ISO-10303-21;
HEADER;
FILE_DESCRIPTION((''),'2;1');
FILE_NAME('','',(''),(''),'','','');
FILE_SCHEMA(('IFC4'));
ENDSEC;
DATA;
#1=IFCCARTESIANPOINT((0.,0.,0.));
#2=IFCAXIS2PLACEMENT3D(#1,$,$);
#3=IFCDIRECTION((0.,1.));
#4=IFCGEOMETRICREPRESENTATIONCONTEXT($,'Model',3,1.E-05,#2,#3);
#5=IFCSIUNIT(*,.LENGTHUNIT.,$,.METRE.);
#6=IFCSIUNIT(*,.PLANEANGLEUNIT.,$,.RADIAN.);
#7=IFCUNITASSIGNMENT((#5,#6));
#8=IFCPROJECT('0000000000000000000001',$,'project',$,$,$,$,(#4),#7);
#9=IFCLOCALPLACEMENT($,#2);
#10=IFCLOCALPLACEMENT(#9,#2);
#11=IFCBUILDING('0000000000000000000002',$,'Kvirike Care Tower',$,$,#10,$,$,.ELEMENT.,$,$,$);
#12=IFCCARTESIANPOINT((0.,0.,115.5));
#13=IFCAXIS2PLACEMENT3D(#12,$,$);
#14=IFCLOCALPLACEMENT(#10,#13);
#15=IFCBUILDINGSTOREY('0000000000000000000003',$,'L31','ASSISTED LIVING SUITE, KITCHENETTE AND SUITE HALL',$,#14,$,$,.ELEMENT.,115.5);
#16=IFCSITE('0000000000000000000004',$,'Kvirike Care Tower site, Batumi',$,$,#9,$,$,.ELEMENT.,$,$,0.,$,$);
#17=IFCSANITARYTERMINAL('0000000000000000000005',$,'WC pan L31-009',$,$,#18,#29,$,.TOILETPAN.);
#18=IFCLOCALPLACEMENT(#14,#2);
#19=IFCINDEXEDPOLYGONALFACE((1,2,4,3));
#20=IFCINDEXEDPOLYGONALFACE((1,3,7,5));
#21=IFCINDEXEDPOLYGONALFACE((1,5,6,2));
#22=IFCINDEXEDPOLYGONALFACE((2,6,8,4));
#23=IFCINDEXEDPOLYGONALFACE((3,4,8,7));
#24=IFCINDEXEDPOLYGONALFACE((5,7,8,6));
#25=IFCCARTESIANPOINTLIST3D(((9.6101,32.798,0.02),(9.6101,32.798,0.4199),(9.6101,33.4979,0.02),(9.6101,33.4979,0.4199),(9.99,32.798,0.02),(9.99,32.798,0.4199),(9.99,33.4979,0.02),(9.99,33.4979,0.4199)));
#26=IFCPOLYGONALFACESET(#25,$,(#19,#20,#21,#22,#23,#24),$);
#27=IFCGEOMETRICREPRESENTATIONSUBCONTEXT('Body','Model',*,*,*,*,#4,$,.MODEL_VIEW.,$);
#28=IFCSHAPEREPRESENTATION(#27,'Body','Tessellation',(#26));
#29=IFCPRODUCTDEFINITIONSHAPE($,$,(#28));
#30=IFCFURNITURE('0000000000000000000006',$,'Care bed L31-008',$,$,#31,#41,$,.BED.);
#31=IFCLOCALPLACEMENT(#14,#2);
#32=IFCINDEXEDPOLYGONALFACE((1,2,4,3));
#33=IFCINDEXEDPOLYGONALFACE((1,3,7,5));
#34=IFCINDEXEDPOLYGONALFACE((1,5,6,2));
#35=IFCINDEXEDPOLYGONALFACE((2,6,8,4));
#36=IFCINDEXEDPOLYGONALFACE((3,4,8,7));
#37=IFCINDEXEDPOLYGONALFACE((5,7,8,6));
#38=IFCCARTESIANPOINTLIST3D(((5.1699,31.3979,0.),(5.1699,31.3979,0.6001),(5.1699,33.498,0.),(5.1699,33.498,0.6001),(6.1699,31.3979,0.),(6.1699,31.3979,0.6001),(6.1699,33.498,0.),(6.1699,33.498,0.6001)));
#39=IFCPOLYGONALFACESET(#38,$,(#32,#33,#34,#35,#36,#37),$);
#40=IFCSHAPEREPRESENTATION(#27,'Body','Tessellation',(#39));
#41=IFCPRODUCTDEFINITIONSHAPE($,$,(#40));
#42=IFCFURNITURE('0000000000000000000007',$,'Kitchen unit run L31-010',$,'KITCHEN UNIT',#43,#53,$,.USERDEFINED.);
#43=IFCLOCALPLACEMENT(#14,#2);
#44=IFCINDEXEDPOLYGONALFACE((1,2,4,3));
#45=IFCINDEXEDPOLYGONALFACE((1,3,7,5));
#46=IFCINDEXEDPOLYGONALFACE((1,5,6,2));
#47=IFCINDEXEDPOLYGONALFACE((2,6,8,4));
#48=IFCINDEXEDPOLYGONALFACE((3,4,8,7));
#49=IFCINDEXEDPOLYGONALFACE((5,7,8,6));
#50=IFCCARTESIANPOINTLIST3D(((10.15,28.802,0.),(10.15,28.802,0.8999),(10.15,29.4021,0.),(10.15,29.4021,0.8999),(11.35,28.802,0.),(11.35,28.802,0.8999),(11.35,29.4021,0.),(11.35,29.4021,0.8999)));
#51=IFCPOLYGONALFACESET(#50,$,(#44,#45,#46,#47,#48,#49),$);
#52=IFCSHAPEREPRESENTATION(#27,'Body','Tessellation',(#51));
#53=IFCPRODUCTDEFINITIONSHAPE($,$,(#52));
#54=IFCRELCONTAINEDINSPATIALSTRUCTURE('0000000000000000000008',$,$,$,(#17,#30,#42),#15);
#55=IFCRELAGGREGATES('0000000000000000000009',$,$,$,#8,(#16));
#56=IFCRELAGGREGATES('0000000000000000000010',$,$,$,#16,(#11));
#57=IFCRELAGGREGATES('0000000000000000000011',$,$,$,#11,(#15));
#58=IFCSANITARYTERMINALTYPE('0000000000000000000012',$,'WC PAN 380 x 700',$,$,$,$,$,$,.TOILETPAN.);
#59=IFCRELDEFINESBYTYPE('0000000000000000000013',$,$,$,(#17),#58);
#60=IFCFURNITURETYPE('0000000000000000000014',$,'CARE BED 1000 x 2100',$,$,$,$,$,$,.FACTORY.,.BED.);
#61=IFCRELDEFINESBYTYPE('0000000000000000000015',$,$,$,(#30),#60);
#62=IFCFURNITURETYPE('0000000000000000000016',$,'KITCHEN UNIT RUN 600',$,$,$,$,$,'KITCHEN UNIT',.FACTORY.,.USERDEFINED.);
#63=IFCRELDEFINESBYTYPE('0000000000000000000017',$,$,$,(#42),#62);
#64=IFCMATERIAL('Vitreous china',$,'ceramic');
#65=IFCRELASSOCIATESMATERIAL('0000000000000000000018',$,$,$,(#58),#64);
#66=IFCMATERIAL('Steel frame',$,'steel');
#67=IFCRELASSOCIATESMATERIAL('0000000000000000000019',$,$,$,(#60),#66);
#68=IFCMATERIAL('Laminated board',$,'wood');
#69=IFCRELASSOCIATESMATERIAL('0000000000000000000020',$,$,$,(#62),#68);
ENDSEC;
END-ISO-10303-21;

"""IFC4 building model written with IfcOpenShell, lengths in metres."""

from ifc_helpers import new_model, si_unit, direction, frame, origin, origin_2d, place, context, subcontext, project, spatial, rectangle, extrude, material, type_object, element, save


model = new_model("IFC4")

# Units and contexts
model_context = context("Model", 3, precision=1e-05, world=origin(), true_north=direction((0.0, 1.0)))
body_context = subcontext(model_context, "Body", "Model", "MODEL_VIEW")
ifc_project = project(units=[si_unit("LENGTHUNIT", "METRE"), si_unit("PLANEANGLEUNIT", "RADIAN")], contexts=[model_context])

# Site, building, storey
site_placement = place(None, origin())
site = spatial("IfcSite", under=ifc_project, at=site_placement, Name="Kvirike Care Tower site, Batumi", CompositionType="ELEMENT", RefElevation=0.0)
building_placement = place(site_placement, origin())
building = spatial("IfcBuilding", under=site, at=building_placement, Name="Kvirike Care Tower", CompositionType="ELEMENT")
storey_placement = place(building_placement, frame((0.0, 0.0, 115.5)))
storey = spatial("IfcBuildingStorey", under=building, at=storey_placement, Name="L31", Description="ASSISTED LIVING SUITE, KITCHENETTE AND SUITE HALL", CompositionType="ELEMENT", Elevation=115.5)

# Sanitary terminal
ifc_material_1 = material(Name="Vitreous china", Category="ceramic")
sanitary_terminal_type_1 = type_object("IfcSanitaryTerminalType", Name="WC PAN 380 x 700", PredefinedType="TOILETPAN", material=ifc_material_1)
sanitary_terminal_1_placement = place(storey_placement, frame((9.8, 33.1479, 0.02), z_axis=(0.0, 0.0, 1.0), x_axis=(1.0, 0.0, 0.0)))
element("IfcSanitaryTerminal", 1, at=sanitary_terminal_1_placement, inside=storey, type_object=sanitary_terminal_type_1, Name="WC pan L31-009", PredefinedType="TOILETPAN", context=body_context, shape_type="SweptSolid", body=[
    extrude(rectangle(XDim=0.3799, YDim=0.7, at=origin_2d()), origin(), (0.0, 0.0, 1.0), 0.3999),
])

# Furniture
ifc_material_2 = material(Name="Steel frame", Category="steel")
furniture_type_1 = type_object("IfcFurnitureType", Name="CARE BED 1000 x 2100", AssemblyPlace="FACTORY", PredefinedType="BED", material=ifc_material_2)
furniture_1_placement = place(storey_placement, frame((5.6699, 32.448, 0.0), z_axis=(0.0, 0.0, 1.0), x_axis=(1.0, 0.0, 0.0)))
element("IfcFurniture", 2, at=furniture_1_placement, inside=storey, type_object=furniture_type_1, Name="Care bed L31-008", PredefinedType="BED", context=body_context, shape_type="SweptSolid", body=[
    extrude(rectangle(XDim=1.0, YDim=2.1001, at=origin_2d()), origin(), (0.0, 0.0, 1.0), 0.6001),
])
ifc_material_3 = material(Name="Laminated board", Category="wood")
furniture_type_2 = type_object("IfcFurnitureType", Name="KITCHEN UNIT RUN 600", ElementType="KITCHEN UNIT", AssemblyPlace="FACTORY", PredefinedType="USERDEFINED", material=ifc_material_3)
furniture_2_placement = place(storey_placement, frame((10.75, 29.1021, 0.0), z_axis=(0.0, 0.0, 1.0), x_axis=(-1.0, 0.0, 0.0)))
element("IfcFurniture", 3, at=furniture_2_placement, inside=storey, type_object=furniture_type_2, Name="Kitchen unit run L31-010", ObjectType="KITCHEN UNIT", PredefinedType="USERDEFINED", context=body_context, shape_type="SweptSolid", body=[
    extrude(rectangle(XDim=1.2, YDim=0.6001, at=origin_2d()), origin(), (0.0, 0.0, 1.0), 0.8999),
])

save(model, "model.ifc")
